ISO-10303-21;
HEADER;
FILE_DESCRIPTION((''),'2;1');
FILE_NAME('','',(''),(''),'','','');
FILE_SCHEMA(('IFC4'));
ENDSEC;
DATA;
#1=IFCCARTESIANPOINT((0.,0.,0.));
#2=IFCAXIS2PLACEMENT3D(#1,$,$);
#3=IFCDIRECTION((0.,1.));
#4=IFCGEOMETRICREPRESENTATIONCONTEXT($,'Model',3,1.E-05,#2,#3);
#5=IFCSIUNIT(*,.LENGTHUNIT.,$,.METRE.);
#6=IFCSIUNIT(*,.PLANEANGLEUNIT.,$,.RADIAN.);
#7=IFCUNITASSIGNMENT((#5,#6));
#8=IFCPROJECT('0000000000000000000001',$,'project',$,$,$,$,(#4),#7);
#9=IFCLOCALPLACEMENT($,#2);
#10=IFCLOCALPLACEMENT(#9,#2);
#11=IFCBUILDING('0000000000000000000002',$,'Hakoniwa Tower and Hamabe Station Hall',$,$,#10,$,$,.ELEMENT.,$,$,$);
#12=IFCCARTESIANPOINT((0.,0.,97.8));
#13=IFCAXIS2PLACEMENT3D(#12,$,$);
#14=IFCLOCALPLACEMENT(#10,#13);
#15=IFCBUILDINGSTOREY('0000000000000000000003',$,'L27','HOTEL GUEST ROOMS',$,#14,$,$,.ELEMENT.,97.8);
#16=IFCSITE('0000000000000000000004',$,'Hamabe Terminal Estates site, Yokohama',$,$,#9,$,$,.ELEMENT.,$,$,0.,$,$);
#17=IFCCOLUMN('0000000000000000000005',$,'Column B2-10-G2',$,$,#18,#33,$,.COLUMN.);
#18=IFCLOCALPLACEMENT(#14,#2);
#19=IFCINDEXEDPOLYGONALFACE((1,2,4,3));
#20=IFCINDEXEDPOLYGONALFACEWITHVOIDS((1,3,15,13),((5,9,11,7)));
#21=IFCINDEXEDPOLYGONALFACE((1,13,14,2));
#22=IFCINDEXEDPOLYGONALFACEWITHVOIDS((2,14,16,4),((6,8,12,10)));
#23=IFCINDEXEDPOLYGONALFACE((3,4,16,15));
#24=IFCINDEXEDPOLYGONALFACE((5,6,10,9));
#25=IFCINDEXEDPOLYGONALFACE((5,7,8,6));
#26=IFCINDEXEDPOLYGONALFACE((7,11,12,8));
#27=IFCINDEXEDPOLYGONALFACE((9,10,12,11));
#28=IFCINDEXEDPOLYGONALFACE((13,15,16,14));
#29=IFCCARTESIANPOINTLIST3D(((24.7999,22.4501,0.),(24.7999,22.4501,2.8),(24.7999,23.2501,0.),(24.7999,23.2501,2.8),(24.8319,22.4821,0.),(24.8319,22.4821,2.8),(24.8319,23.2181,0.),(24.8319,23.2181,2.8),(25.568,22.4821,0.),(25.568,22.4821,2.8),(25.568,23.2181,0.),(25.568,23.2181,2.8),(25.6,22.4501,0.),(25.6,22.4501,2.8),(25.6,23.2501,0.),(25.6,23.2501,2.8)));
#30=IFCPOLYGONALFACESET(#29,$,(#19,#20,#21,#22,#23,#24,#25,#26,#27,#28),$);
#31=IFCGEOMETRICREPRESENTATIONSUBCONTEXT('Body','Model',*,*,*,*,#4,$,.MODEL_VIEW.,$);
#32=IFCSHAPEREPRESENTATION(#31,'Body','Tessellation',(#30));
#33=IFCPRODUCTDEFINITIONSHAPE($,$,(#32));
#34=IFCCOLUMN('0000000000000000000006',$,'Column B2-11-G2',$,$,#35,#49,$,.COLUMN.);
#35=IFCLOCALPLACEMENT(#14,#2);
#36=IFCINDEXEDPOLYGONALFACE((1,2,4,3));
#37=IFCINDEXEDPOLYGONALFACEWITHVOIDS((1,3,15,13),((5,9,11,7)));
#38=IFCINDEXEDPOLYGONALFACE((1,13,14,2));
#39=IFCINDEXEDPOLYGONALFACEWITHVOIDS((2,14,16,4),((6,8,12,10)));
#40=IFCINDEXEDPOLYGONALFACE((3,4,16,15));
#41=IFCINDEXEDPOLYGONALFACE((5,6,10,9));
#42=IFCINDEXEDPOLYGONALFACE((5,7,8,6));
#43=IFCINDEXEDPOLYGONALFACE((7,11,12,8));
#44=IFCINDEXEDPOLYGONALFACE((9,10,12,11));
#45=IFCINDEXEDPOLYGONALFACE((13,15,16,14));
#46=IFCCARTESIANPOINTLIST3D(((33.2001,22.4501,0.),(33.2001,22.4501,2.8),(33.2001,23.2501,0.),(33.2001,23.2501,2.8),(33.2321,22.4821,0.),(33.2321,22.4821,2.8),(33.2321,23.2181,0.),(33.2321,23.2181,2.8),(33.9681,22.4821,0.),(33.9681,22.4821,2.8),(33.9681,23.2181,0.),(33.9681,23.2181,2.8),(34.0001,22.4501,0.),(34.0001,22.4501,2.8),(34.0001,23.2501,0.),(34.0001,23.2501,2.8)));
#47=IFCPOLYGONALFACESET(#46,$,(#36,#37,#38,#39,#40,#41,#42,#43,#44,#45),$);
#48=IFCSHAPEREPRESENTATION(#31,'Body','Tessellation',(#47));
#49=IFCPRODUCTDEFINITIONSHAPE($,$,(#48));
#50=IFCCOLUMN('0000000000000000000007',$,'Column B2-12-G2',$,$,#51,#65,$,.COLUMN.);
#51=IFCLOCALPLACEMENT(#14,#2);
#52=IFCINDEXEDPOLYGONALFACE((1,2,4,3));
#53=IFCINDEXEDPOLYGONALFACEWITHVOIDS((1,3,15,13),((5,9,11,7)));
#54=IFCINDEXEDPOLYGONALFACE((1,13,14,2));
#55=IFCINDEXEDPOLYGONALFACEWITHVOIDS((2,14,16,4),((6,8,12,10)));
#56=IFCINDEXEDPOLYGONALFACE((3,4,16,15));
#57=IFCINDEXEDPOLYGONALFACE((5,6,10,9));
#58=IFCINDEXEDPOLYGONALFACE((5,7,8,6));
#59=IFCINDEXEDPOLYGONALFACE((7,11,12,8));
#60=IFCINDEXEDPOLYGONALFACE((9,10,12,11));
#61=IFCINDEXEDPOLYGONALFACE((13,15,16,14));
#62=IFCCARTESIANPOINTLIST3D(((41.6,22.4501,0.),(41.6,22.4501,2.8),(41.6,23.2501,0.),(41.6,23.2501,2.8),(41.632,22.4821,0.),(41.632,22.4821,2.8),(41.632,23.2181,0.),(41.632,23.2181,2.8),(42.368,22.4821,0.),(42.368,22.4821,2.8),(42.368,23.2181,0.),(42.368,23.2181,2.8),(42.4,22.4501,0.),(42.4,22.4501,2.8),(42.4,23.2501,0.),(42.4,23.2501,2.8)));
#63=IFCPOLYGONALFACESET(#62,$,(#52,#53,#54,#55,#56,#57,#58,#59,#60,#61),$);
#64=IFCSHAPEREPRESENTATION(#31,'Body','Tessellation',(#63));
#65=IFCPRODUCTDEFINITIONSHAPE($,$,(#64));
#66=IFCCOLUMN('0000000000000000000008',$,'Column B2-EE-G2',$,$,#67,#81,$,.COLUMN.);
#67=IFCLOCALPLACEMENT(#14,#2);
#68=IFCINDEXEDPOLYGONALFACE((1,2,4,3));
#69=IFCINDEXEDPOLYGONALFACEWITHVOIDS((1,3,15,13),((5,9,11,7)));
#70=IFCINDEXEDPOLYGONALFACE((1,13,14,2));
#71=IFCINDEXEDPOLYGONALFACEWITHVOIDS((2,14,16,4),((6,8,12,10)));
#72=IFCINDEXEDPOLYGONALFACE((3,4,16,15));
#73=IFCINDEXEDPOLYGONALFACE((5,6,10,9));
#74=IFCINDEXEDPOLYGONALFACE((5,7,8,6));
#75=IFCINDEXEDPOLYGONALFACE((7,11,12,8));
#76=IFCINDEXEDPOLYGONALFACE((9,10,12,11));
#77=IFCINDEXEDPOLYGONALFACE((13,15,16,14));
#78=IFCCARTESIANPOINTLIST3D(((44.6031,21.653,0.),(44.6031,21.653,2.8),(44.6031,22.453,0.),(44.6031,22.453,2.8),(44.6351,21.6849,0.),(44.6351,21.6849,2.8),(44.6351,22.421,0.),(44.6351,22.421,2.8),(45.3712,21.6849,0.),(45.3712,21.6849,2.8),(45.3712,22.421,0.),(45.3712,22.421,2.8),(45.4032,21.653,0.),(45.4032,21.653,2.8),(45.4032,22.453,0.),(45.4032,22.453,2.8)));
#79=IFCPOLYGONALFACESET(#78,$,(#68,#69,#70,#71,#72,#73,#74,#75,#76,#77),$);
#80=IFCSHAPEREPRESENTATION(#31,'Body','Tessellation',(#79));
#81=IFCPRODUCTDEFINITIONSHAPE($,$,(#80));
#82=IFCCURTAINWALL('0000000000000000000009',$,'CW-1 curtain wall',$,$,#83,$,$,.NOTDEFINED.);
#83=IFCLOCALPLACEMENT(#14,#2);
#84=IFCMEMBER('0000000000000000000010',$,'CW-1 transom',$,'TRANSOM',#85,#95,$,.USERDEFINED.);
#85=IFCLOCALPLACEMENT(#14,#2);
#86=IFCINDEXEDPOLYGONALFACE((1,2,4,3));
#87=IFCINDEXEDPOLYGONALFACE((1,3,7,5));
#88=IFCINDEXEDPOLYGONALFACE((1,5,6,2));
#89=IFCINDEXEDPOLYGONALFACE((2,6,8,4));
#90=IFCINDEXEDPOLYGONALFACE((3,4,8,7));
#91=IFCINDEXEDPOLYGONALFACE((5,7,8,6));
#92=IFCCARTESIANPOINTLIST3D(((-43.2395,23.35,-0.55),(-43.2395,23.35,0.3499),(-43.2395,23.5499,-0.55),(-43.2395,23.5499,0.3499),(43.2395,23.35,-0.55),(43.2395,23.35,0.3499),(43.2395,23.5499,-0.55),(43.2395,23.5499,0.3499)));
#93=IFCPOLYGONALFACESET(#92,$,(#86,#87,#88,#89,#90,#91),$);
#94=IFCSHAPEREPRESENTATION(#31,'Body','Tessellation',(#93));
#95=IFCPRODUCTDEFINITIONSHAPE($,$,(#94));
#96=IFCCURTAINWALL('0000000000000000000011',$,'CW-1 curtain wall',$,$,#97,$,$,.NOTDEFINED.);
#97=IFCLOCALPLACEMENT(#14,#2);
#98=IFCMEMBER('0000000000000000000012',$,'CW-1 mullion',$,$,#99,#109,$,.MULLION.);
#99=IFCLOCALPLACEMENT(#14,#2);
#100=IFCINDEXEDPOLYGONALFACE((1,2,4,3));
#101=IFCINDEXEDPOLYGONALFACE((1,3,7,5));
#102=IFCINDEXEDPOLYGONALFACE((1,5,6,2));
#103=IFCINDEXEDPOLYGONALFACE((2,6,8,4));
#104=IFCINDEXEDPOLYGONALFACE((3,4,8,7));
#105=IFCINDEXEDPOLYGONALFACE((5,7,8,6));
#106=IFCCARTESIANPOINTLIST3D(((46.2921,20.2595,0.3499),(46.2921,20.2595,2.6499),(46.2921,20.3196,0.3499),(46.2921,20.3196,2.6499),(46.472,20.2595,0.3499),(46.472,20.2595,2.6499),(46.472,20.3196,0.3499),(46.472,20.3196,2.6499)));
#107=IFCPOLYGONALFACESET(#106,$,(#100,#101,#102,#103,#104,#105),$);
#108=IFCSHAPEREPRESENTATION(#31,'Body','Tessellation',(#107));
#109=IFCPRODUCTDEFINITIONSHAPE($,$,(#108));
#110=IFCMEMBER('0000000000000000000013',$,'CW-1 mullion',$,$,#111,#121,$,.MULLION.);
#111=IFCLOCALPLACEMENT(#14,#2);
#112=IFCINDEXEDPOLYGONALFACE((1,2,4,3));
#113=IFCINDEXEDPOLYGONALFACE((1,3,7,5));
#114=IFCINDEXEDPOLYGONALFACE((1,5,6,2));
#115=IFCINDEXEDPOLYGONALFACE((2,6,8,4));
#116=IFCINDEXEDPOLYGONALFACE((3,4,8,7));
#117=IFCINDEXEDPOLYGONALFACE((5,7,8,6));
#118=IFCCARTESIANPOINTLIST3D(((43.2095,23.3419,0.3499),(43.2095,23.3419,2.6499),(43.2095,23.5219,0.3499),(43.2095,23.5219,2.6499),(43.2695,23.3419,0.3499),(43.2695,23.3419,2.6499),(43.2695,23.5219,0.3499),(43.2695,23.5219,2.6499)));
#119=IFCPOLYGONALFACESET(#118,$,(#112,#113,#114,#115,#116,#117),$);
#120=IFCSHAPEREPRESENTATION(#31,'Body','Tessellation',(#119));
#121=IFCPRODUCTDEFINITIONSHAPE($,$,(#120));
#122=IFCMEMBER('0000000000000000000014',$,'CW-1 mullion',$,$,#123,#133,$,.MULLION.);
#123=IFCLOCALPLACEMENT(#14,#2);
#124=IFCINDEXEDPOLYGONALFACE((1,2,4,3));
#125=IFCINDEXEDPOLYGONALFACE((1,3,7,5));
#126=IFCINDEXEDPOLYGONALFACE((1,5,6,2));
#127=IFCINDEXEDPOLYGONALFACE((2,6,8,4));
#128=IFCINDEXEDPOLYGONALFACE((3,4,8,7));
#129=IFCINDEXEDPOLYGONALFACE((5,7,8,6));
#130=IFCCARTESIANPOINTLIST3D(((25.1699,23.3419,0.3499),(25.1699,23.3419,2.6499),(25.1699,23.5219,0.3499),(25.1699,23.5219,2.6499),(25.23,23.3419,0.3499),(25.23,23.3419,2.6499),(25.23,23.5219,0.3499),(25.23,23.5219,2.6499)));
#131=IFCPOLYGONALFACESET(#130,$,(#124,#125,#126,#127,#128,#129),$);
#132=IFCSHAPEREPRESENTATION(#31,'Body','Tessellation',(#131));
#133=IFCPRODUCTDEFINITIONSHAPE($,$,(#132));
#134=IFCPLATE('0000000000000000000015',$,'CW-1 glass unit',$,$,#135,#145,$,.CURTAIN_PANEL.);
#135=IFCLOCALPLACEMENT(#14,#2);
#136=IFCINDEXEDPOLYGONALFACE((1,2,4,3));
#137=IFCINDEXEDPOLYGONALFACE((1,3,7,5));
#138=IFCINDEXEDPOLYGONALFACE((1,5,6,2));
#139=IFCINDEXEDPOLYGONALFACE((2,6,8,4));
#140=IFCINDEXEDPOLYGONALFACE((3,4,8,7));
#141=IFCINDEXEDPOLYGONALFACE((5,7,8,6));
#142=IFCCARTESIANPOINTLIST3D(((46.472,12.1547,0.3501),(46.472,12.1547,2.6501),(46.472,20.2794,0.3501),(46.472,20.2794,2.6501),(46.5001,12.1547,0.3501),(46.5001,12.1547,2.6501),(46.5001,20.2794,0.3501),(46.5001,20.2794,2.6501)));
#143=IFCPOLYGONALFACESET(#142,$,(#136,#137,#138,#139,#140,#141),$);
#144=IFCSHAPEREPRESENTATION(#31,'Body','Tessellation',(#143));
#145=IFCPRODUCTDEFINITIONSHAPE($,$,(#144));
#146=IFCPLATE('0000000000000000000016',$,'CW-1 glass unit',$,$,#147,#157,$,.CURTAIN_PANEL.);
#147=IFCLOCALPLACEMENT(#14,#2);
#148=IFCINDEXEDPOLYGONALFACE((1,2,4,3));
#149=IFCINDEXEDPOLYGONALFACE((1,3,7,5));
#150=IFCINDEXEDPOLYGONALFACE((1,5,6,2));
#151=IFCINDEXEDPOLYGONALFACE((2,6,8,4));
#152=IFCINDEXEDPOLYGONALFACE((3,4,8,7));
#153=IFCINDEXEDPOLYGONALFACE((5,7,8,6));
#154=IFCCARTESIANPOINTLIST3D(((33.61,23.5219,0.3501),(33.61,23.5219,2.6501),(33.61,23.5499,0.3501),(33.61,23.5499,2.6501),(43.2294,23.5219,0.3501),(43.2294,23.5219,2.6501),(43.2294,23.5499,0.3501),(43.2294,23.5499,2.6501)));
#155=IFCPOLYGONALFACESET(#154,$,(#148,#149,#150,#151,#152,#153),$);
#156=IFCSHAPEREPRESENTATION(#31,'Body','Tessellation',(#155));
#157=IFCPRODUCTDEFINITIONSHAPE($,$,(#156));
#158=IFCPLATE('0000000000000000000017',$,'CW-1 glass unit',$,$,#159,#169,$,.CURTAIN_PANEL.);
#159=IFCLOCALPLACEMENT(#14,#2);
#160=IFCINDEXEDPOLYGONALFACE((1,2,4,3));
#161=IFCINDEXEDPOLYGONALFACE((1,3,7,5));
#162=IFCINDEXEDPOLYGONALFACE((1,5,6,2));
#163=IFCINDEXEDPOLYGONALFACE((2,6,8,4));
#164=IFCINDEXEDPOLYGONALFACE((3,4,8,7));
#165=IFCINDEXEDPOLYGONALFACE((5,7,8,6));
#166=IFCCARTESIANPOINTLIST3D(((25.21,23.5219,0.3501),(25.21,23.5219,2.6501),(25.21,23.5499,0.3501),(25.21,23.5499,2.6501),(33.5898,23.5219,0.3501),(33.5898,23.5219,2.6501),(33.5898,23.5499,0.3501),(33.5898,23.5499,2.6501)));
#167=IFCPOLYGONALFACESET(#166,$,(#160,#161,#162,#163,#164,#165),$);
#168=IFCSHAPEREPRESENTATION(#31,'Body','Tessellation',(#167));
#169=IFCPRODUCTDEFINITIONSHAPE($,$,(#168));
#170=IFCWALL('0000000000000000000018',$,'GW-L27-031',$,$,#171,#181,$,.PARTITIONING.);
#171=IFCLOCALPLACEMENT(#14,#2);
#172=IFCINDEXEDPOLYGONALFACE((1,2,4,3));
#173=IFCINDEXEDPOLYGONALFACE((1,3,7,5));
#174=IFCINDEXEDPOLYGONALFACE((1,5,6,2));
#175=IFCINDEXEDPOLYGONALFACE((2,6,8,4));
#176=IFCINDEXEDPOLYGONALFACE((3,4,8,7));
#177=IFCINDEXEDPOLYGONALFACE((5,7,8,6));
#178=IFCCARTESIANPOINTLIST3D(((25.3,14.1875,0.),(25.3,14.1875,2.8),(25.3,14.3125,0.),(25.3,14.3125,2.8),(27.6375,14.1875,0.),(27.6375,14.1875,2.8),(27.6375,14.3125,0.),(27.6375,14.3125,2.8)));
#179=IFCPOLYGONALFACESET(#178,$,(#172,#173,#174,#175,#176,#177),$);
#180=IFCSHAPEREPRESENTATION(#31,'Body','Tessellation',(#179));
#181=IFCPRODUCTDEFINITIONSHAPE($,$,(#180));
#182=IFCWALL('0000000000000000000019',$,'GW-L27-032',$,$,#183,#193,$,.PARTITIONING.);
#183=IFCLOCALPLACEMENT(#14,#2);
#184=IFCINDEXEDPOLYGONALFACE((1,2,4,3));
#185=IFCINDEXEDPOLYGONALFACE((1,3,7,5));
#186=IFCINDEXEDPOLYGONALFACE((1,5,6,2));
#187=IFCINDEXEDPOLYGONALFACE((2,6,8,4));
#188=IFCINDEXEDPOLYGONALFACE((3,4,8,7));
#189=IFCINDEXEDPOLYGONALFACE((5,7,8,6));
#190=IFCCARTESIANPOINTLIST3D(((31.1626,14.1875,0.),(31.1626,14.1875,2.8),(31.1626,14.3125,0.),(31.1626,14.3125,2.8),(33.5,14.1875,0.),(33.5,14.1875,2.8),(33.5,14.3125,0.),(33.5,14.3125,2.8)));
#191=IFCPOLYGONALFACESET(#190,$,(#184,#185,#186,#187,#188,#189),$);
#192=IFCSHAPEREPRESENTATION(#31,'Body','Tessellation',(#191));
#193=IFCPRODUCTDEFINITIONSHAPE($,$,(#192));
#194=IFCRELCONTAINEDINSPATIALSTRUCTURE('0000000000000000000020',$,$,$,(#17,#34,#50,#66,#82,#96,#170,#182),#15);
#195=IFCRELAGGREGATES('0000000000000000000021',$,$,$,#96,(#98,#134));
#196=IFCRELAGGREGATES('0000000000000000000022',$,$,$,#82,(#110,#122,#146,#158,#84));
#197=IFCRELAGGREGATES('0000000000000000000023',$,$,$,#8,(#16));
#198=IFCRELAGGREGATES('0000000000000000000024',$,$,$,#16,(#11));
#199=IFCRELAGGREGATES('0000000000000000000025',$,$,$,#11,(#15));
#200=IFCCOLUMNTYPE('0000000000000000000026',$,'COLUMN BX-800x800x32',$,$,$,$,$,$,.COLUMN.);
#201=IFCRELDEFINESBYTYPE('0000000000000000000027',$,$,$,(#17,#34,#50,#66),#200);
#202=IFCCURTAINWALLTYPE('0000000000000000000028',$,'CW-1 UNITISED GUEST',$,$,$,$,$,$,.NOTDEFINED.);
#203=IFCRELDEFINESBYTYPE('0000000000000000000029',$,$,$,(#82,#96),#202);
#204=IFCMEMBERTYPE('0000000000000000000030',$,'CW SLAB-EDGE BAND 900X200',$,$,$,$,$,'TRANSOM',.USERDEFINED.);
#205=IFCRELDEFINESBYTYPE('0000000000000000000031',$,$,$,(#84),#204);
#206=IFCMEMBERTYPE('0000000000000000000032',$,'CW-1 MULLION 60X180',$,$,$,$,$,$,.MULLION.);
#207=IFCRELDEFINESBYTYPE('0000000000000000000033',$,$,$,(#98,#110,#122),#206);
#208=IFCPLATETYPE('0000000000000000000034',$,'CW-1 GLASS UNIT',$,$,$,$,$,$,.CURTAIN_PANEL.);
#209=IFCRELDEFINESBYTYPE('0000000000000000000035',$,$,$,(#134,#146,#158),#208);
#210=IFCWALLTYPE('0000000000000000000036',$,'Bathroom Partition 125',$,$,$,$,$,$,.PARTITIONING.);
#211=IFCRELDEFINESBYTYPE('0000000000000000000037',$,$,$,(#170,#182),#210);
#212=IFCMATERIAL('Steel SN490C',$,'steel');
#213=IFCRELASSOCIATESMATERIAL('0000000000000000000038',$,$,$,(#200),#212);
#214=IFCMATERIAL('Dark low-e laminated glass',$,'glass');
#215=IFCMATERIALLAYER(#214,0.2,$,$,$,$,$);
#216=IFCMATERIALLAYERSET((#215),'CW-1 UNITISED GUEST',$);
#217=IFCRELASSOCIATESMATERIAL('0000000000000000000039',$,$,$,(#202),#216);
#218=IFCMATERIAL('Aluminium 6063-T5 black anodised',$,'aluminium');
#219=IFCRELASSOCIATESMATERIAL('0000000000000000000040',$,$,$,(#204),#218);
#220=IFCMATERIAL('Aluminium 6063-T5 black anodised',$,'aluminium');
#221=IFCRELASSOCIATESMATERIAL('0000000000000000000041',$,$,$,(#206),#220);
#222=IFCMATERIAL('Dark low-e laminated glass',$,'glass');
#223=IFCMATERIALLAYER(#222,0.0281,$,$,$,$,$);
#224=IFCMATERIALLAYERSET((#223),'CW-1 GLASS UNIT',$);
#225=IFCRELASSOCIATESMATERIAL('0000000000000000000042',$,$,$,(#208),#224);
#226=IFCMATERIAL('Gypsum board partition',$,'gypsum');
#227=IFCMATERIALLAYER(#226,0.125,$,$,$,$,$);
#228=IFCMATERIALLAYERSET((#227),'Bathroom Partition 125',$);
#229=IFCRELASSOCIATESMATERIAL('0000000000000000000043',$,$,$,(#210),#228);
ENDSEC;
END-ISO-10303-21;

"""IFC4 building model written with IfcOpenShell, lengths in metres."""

from ifc_helpers import new_model, si_unit, direction, frame, frame_2d, origin, origin_2d, place, context, subcontext, project, spatial, rectangle, hollow_rectangle, extrude, material, layer, layer_set, material_profile, profile_set, type_object, element, aggregate, save


model = new_model("IFC4")

# Units and contexts
model_context = context("Model", 3, precision=1e-05, world=origin(), true_north=direction((0.0, 1.0)))
body_context = subcontext(model_context, "Body", "Model", "MODEL_VIEW")
ifc_project = project(units=[si_unit("LENGTHUNIT", "METRE"), si_unit("PLANEANGLEUNIT", "RADIAN")], contexts=[model_context])

# Site, building, storey
site_placement = place(None, origin())
site = spatial("IfcSite", under=ifc_project, at=site_placement, Name="Hamabe Terminal Estates site, Yokohama", CompositionType="ELEMENT", RefElevation=0.0)
building_placement = place(site_placement, origin())
building = spatial("IfcBuilding", under=site, at=building_placement, Name="Hakoniwa Tower and Hamabe Station Hall", CompositionType="ELEMENT")
storey_placement = place(building_placement, frame((0.0, 0.0, 97.8)))
storey = spatial("IfcBuildingStorey", under=building, at=storey_placement, Name="L27", Description="HOTEL GUEST ROOMS", CompositionType="ELEMENT", Elevation=97.8)

# Columns
ifc_material_1 = material(Name="Steel SN490C", Category="steel")
ifc_material_profile_1 = material_profile(ifc_material_1, hollow_rectangle(XDim=0.8, YDim=0.8, WallThickness=0.032, at=origin_2d()), Name="BX-800x800x32")
ifc_profile_set_1 = profile_set([ifc_material_profile_1], Name="Steel SN490C")
column_type = type_object("IfcColumnType", Name="COLUMN BX-800x800x32", PredefinedType="COLUMN", material=ifc_profile_set_1)
for number, where, z_axis, x_axis, name in (
    (1, (25.2, 22.8501, 0.0), (0.0, 0.0, 1.0), (1.0, 0.0, 0.0), "Column B2-10-G2"),
    (2, (33.6001, 22.8501, 0.0), (0.0, 0.0, 1.0), (1.0, 0.0, 0.0), "Column B2-11-G2"),
    (3, (42.0, 22.8501, 0.0), (0.0, 0.0, 1.0), (1.0, 0.0, 0.0), "Column B2-12-G2"),
    (4, (45.0032, 22.053, 0.0), (0.0, 0.0, 1.0), (1.0, 0.0, 0.0), "Column B2-EE-G2"),
):
    element("IfcColumn", number, at=place(storey_placement, frame(where, z_axis=z_axis, x_axis=x_axis)), inside=storey, type_object=column_type, Name=name, PredefinedType="COLUMN", context=body_context, shape_type="SweptSolid", body=[
        extrude(hollow_rectangle(XDim=0.8, YDim=0.8, WallThickness=0.032, at=origin_2d()), origin(), (0.0, 0.0, 1.0), 2.8),
    ])

# Curtain walls, members
ifc_material_2 = material(Name="Dark low-e laminated glass", Category="glass")
ifc_layer_1 = layer(ifc_material_2, 0.2)
ifc_layer_set_1 = layer_set([ifc_layer_1], Name="CW-1 UNITISED GUEST")
curtain_wall_type = type_object("IfcCurtainWallType", Name="CW-1 UNITISED GUEST", PredefinedType="NOTDEFINED", material=ifc_layer_set_1)
curtain_wall_1_placement = place(storey_placement, origin())
curtain_wall_1 = element("IfcCurtainWall", 5, at=curtain_wall_1_placement, inside=storey, type_object=curtain_wall_type, Name="CW-1 curtain wall", PredefinedType="NOTDEFINED")
ifc_material_3 = material(Name="Aluminium 6063-T5 black anodised", Category="aluminium")
ifc_material_profile_2 = material_profile(ifc_material_3, rectangle(XDim=0.2, YDim=0.8999, at=origin_2d()), Name="CW SLAB-EDGE BAND 900X200")
ifc_profile_set_2 = profile_set([ifc_material_profile_2], Name="Aluminium 6063-T5 black anodised")
member_type_1 = type_object("IfcMemberType", Name="CW SLAB-EDGE BAND 900X200", ElementType="TRANSOM", PredefinedType="USERDEFINED", material=ifc_profile_set_2)
member_1_placement = place(storey_placement, frame((43.2395, 23.45, -0.1001), z_axis=(-1.0, 0.0, 0.0), x_axis=(0.0, -1.0, 0.0)))
member_1 = element("IfcMember", 6, at=member_1_placement, type_object=member_type_1, Name="CW-1 transom", ObjectType="TRANSOM", PredefinedType="USERDEFINED", context=body_context, shape_type="SweptSolid", body=[
    extrude(rectangle(XDim=0.2, YDim=0.8999, at=origin_2d()), origin(), (0.0, 0.0, 1.0), 86.479),
])
curtain_wall_2_placement = place(storey_placement, origin())
curtain_wall_2 = element("IfcCurtainWall", 7, at=curtain_wall_2_placement, inside=storey, type_object=curtain_wall_type, Name="CW-1 curtain wall", PredefinedType="NOTDEFINED")
ifc_material_4 = material(Name="Aluminium 6063-T5 black anodised", Category="aluminium")
ifc_material_profile_3 = material_profile(ifc_material_4, rectangle(XDim=0.0601, YDim=0.1799, at=origin_2d()), Name="CW-1 MULLION 60X180")
ifc_profile_set_3 = profile_set([ifc_material_profile_3], Name="Aluminium 6063-T5 black anodised")
member_type_2 = type_object("IfcMemberType", Name="CW-1 MULLION 60X180", PredefinedType="MULLION", material=ifc_profile_set_3)
member_2_placement = place(storey_placement, frame((46.3821, 20.2896, 0.3499), z_axis=(0.0, 0.0, 1.0), x_axis=(0.0, 1.0, 0.0)))
member_2 = element("IfcMember", 8, at=member_2_placement, type_object=member_type_2, Name="CW-1 mullion", PredefinedType="MULLION", context=body_context, shape_type="SweptSolid", body=[
    extrude(rectangle(XDim=0.0601, YDim=0.1799, at=origin_2d()), origin(), (0.0, 0.0, 1.0), 2.3),
])

# Members
member_3_placement = place(storey_placement, frame((43.2395, 23.4319, 0.3499), z_axis=(0.0, 0.0, 1.0), x_axis=(-1.0, 0.0, 0.0)))
member_3 = element("IfcMember", 9, at=member_3_placement, type_object=member_type_2, Name="CW-1 mullion", PredefinedType="MULLION", context=body_context, shape_type="SweptSolid", body=[
    extrude(rectangle(XDim=0.0601, YDim=0.1799, at=origin_2d()), origin(), (0.0, 0.0, 1.0), 2.3),
])
member_4_placement = place(storey_placement, frame((25.2, 23.4319, 0.3499), z_axis=(0.0, 0.0, 1.0), x_axis=(-1.0, 0.0, 0.0)))
member_4 = element("IfcMember", 10, at=member_4_placement, type_object=member_type_2, Name="CW-1 mullion", PredefinedType="MULLION", context=body_context, shape_type="SweptSolid", body=[
    extrude(rectangle(XDim=0.0601, YDim=0.1799, at=origin_2d()), origin(), (0.0, 0.0, 1.0), 2.3),
])

# Plates
ifc_material_5 = material(Name="Dark low-e laminated glass", Category="glass")
ifc_layer_2 = layer(ifc_material_5, 0.0281)
ifc_layer_set_2 = layer_set([ifc_layer_2], Name="CW-1 GLASS UNIT")
plate_type = type_object("IfcPlateType", Name="CW-1 GLASS UNIT", PredefinedType="CURTAIN_PANEL", material=ifc_layer_set_2)
plate_1_placement = place(storey_placement, frame((46.4861, 16.217, 0.3501), z_axis=(0.0, 0.0, 1.0), x_axis=(0.0, 1.0, 0.0)))
plate_1 = element("IfcPlate", 11, at=plate_1_placement, type_object=plate_type, Name="CW-1 glass unit", PredefinedType="CURTAIN_PANEL", context=body_context, shape_type="SweptSolid", body=[
    extrude(rectangle(XDim=8.1248, YDim=0.0281, at=origin_2d()), origin(), (0.0, 0.0, 1.0), 2.3),
])
aggregate(curtain_wall_2, [member_2, plate_1])
plate_2_placement = place(storey_placement, frame((38.4197, 23.5359, 0.3501), z_axis=(0.0, 0.0, 1.0), x_axis=(-1.0, 0.0, 0.0)))
plate_2 = element("IfcPlate", 12, at=plate_2_placement, type_object=plate_type, Name="CW-1 glass unit", PredefinedType="CURTAIN_PANEL", context=body_context, shape_type="SweptSolid", body=[
    extrude(rectangle(XDim=9.6194, YDim=0.0281, at=origin_2d()), origin(), (0.0, 0.0, 1.0), 2.3),
])
plate_3_placement = place(storey_placement, frame((29.3999, 23.5359, 0.3501), z_axis=(0.0, 0.0, 1.0), x_axis=(-1.0, 0.0, 0.0)))
plate_3 = element("IfcPlate", 13, at=plate_3_placement, type_object=plate_type, Name="CW-1 glass unit", PredefinedType="CURTAIN_PANEL", context=body_context, shape_type="SweptSolid", body=[
    extrude(rectangle(XDim=8.3799, YDim=0.0281, at=origin_2d()), origin(), (0.0, 0.0, 1.0), 2.3),
])
aggregate(curtain_wall_1, [member_3, member_4, plate_2, plate_3, member_1])

# Walls
ifc_material_6 = material(Name="Gypsum board partition", Category="gypsum")
ifc_layer_3 = layer(ifc_material_6, 0.125)
ifc_layer_set_3 = layer_set([ifc_layer_3], Name="Bathroom Partition 125")
wall_type_1 = type_object("IfcWallType", Name="Bathroom Partition 125", PredefinedType="PARTITIONING", material=ifc_layer_set_3)
for number, where, z_axis, x_axis, name in (
    (14, (25.3, 14.25, 0.0), (0.0, 0.0, 1.0), (1.0, 0.0, 0.0), "GW-L27-031"),
    (15, (31.1626, 14.25, 0.0), (0.0, 0.0, 1.0), (1.0, 0.0, 0.0), "GW-L27-032"),
):
    element("IfcWall", number, at=place(storey_placement, frame(where, z_axis=z_axis, x_axis=x_axis)), inside=storey, type_object=wall_type_1, Name=name, PredefinedType="PARTITIONING", context=body_context, shape_type="SweptSolid", body=[
        extrude(rectangle(XDim=2.3374, YDim=0.125, at=frame_2d((1.1687, 0.0))), origin(), (0.0, 0.0, 1.0), 2.8),
    ])

save(model, "model.ifc")
